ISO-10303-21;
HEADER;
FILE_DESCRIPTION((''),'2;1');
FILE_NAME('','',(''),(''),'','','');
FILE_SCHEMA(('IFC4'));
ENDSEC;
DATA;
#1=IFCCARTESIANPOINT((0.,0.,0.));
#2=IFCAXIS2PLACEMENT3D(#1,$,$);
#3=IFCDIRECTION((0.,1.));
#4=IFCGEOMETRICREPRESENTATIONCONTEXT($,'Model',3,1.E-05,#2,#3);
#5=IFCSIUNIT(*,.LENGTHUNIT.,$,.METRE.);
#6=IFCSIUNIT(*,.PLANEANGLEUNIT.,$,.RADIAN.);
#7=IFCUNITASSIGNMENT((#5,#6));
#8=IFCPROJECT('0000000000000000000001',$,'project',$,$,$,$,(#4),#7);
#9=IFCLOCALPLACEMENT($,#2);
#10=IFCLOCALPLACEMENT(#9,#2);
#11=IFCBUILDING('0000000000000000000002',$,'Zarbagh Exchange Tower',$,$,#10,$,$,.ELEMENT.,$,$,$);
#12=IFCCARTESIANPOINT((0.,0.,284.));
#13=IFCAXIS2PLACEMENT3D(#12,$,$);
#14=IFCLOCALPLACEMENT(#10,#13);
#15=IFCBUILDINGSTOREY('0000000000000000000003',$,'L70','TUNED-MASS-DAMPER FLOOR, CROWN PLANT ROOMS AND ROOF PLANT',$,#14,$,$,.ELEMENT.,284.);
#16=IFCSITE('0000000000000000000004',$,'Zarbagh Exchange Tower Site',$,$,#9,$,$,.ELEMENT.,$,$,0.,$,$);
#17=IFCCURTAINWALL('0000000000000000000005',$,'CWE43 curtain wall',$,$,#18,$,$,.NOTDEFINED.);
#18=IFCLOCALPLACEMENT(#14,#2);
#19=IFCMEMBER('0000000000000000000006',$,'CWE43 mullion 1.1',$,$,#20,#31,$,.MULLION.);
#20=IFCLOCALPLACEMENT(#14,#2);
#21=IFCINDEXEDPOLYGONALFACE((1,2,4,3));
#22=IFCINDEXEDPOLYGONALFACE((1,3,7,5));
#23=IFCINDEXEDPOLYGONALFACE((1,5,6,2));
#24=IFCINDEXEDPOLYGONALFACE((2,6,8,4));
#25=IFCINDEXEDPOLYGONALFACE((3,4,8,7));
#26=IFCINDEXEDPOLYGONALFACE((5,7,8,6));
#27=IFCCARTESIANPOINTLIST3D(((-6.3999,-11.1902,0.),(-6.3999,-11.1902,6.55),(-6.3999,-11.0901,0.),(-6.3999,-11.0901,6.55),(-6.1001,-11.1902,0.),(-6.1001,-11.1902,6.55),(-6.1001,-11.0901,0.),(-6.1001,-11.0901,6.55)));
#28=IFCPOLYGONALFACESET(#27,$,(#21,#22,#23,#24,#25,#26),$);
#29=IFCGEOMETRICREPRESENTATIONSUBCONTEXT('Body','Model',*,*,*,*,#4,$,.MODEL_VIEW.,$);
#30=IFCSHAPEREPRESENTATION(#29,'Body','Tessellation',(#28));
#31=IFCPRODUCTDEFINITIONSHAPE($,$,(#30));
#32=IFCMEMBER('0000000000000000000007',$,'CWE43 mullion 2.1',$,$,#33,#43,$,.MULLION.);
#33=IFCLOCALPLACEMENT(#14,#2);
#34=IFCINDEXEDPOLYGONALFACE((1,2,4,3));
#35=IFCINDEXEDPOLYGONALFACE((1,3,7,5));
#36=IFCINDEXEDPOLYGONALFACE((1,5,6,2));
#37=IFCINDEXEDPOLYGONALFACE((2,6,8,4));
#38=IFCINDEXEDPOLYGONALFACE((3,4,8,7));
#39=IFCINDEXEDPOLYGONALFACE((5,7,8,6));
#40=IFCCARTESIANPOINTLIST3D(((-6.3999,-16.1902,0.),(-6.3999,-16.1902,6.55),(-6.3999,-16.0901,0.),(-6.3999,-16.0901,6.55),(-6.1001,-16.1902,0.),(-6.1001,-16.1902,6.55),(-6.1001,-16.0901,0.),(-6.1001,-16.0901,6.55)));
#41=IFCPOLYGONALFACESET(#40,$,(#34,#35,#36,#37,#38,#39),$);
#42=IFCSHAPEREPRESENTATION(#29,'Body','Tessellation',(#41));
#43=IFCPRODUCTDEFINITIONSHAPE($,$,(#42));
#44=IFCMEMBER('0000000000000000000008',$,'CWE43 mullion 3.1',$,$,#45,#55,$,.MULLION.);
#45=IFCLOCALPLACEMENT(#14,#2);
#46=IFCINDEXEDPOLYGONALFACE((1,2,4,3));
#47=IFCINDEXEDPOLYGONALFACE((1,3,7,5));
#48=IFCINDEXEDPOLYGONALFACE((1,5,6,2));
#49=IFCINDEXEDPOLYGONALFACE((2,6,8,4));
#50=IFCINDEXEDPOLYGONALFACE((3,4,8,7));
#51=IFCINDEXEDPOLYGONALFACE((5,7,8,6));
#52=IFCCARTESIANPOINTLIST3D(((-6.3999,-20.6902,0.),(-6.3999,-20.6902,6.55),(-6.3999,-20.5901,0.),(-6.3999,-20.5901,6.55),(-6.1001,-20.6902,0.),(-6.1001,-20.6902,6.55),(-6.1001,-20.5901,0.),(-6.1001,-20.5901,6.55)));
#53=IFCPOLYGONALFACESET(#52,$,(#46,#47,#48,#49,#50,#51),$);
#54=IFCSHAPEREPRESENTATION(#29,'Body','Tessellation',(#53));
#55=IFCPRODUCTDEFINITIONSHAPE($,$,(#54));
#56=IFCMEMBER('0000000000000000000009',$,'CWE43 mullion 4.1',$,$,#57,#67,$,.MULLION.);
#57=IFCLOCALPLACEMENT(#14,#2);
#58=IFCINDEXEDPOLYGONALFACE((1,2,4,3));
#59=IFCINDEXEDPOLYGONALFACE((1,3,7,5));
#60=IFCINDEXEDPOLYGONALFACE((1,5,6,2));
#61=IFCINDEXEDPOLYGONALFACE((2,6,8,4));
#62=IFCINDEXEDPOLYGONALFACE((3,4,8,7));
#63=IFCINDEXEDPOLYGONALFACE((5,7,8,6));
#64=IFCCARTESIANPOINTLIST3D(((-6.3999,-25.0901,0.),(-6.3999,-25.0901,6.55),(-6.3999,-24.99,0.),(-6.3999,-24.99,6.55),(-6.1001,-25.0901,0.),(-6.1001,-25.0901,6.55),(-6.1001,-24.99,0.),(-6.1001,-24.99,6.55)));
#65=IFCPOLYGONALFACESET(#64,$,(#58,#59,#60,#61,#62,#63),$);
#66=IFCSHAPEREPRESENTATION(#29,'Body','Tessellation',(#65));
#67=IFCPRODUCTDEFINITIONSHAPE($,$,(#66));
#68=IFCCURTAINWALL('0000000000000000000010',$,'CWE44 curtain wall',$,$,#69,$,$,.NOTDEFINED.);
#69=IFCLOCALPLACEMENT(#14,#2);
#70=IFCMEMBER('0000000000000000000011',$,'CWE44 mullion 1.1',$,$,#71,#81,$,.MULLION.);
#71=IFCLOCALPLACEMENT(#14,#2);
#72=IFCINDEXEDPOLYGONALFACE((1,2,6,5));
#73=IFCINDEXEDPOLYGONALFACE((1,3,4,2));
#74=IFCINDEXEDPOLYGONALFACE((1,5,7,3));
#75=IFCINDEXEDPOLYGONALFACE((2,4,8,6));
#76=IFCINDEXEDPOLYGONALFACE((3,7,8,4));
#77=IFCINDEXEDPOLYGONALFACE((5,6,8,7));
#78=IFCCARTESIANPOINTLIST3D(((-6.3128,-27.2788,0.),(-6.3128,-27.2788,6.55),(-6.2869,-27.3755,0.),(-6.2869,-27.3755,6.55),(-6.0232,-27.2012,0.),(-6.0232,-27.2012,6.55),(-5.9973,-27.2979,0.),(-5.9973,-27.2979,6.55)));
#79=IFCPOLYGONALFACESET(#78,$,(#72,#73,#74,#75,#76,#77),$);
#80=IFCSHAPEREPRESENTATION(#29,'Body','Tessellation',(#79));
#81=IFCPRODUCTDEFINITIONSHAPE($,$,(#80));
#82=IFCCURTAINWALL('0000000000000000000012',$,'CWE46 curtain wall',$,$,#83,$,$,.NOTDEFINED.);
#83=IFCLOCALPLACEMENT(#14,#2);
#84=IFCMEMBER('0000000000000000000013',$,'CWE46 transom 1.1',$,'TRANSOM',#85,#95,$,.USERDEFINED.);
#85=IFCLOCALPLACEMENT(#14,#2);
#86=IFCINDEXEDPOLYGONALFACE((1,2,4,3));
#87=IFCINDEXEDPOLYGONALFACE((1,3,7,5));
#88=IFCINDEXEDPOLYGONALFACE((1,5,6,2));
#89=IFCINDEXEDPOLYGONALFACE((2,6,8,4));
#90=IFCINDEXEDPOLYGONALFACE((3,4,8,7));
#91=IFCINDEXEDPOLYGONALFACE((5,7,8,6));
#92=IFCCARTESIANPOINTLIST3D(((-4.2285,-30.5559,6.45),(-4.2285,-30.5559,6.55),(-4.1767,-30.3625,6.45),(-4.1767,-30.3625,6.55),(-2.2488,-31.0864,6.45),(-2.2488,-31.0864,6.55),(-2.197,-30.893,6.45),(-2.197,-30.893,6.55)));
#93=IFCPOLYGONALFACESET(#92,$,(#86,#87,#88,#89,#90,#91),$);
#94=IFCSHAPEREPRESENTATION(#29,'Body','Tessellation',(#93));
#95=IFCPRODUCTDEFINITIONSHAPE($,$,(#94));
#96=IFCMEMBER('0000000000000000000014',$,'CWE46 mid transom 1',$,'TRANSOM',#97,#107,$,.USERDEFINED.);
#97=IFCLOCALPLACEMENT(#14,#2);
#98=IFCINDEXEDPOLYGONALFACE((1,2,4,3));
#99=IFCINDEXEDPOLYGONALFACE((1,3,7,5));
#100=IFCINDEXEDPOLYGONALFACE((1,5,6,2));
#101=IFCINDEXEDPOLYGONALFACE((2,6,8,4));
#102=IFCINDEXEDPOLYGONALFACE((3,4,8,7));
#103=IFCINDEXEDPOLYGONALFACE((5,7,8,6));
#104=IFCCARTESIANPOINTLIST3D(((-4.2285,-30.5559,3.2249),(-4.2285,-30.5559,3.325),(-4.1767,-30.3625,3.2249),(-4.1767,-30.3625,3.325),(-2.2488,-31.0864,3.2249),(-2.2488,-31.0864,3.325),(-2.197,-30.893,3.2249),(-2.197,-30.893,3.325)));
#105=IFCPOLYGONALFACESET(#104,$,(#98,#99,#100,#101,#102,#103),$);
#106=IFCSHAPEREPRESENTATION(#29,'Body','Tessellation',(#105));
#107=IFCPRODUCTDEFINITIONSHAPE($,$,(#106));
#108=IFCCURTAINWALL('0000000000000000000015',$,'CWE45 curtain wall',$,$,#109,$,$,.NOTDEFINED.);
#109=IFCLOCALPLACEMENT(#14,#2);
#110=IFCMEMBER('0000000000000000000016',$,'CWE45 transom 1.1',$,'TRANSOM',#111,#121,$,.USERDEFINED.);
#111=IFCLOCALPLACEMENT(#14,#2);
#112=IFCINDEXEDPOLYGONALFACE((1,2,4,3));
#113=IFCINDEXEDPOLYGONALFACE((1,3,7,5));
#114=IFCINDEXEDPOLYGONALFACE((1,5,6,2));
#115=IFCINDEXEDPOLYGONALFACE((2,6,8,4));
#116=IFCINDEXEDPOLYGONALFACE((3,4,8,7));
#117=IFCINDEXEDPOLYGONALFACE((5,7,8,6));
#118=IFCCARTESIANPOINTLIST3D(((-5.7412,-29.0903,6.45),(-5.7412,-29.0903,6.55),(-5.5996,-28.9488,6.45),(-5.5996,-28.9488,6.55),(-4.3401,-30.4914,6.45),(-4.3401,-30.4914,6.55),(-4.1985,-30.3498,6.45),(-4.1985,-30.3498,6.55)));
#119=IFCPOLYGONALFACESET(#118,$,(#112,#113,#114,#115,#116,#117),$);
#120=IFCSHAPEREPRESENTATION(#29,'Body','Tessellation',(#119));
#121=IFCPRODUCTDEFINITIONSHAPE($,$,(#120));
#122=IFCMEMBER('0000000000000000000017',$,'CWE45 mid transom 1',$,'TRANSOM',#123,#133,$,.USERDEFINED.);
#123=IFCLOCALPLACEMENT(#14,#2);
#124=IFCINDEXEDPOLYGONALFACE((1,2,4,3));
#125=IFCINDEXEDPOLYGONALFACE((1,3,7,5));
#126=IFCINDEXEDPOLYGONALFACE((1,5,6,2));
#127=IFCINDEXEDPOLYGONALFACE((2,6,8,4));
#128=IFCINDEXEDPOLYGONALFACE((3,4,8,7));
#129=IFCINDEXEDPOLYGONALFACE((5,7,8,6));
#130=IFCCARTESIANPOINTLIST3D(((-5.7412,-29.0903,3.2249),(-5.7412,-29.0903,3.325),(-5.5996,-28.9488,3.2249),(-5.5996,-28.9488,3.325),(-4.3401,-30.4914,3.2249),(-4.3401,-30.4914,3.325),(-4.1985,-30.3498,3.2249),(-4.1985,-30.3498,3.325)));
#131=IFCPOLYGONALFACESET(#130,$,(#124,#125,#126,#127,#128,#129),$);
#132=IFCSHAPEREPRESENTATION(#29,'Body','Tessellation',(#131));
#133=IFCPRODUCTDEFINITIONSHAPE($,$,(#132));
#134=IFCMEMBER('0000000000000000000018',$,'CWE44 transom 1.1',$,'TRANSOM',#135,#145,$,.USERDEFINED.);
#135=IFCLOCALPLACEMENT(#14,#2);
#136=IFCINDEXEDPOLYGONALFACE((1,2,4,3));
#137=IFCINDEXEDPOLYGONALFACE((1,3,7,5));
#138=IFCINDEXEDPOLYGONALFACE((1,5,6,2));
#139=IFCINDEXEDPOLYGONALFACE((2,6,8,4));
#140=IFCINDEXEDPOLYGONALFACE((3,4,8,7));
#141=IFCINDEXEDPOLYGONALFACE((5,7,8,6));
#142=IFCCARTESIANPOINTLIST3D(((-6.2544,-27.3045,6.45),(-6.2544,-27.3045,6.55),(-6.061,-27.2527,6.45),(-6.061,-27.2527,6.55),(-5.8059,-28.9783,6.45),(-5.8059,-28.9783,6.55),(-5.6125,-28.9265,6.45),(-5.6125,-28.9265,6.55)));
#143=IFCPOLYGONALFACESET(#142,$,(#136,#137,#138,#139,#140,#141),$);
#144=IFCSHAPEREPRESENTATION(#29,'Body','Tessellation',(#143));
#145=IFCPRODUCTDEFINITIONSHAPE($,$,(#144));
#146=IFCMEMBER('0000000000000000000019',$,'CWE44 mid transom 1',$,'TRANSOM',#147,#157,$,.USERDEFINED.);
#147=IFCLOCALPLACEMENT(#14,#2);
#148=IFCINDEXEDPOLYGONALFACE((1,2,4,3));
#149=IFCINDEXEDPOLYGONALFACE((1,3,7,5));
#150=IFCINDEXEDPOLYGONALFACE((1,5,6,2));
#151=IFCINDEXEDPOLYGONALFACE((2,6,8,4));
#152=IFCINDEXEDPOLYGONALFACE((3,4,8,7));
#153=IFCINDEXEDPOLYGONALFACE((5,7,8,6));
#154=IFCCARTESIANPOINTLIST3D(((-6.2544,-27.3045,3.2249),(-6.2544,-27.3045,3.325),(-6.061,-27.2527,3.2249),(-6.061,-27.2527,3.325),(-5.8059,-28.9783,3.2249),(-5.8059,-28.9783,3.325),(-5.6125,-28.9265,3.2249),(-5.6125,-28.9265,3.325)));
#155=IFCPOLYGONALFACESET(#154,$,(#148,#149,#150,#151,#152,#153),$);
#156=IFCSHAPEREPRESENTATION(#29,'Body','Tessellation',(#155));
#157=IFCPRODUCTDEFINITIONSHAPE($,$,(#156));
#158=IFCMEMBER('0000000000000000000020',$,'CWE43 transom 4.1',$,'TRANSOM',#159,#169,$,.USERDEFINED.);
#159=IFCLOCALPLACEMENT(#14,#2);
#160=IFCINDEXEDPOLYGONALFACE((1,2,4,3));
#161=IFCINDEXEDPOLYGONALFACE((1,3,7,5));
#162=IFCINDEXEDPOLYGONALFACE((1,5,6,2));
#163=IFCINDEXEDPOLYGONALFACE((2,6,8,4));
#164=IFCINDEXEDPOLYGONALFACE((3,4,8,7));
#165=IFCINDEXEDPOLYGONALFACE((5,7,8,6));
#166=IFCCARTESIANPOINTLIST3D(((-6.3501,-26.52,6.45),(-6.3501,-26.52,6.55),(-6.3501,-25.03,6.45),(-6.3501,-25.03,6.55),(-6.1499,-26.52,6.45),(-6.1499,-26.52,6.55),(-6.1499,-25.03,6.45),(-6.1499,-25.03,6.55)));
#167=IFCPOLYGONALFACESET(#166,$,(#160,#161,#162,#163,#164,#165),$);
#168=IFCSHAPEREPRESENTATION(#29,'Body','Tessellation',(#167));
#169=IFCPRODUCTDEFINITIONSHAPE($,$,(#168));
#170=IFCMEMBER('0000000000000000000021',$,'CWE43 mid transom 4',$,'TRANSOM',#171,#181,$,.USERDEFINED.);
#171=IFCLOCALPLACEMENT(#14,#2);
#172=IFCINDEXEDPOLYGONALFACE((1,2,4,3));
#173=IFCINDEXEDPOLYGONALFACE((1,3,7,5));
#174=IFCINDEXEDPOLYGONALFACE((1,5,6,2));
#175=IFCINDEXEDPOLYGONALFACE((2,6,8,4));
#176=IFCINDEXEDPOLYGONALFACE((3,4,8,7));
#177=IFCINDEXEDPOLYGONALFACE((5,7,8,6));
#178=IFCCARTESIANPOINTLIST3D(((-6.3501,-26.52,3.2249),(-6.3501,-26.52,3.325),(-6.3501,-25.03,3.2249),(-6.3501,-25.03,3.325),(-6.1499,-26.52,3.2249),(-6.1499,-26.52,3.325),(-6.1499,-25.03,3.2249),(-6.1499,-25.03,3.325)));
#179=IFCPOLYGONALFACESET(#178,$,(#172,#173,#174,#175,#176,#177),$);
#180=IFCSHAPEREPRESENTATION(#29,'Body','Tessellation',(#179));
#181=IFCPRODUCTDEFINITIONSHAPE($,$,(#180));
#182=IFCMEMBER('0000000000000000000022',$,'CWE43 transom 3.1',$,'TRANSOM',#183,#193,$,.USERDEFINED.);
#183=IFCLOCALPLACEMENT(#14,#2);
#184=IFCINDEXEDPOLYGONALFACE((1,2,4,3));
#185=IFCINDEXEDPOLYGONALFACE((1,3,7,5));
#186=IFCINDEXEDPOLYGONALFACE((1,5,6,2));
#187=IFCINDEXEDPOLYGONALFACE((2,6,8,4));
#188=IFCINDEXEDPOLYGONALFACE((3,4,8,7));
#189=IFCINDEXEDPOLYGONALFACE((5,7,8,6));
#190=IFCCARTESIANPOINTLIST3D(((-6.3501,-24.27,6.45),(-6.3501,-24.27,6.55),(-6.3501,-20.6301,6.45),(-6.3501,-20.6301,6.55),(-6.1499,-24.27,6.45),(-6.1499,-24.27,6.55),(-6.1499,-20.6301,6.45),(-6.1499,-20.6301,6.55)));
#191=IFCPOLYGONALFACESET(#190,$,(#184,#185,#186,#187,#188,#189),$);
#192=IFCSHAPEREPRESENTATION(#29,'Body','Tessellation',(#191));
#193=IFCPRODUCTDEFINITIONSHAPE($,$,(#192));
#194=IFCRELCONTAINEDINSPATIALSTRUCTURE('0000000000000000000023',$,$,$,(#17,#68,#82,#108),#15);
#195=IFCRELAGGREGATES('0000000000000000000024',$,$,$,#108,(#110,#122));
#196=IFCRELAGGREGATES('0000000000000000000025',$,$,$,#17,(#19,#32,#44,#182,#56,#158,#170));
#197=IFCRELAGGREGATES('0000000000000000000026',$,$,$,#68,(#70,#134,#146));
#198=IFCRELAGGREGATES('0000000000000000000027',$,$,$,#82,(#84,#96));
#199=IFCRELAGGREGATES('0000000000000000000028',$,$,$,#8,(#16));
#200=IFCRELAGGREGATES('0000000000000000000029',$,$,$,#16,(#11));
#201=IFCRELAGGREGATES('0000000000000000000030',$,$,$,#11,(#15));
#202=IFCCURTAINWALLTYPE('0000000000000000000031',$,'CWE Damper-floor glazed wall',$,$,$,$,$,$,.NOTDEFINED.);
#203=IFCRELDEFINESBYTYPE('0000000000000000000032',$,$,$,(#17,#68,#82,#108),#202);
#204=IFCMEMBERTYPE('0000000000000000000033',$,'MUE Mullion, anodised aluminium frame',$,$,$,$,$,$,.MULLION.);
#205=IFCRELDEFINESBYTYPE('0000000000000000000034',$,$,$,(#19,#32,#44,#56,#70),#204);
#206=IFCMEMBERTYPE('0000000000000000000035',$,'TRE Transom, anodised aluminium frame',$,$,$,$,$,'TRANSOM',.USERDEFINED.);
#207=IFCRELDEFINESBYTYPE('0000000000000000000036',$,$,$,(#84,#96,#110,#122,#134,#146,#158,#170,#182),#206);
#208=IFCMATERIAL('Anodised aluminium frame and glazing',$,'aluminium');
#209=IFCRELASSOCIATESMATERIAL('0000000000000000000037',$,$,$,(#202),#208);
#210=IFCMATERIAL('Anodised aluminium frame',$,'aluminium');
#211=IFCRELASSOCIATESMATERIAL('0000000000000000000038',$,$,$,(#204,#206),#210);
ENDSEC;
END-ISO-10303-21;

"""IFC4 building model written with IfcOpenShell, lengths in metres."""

from ifc_helpers import new_model, si_unit, direction, frame, origin, place, context, subcontext, project, spatial, polyline, outline, extrude, source, transform, mapped, material, type_object, element, aggregate, save


model = new_model("IFC4")

# Units and contexts
model_context = context("Model", 3, precision=1e-05, world=origin(), true_north=direction((0.0, 1.0)))
body_context = subcontext(model_context, "Body", "Model", "MODEL_VIEW")
ifc_project = project(units=[si_unit("LENGTHUNIT", "METRE"), si_unit("PLANEANGLEUNIT", "RADIAN")], contexts=[model_context])

# Site, building, storey
site_placement = place(None, origin())
site = spatial("IfcSite", under=ifc_project, at=site_placement, Name="Zarbagh Exchange Tower Site", CompositionType="ELEMENT", RefElevation=0.0)
building_placement = place(site_placement, origin())
building = spatial("IfcBuilding", under=site, at=building_placement, Name="Zarbagh Exchange Tower", CompositionType="ELEMENT")
storey_placement = place(building_placement, frame((0.0, 0.0, 284.0)))
storey = spatial("IfcBuildingStorey", under=building, at=storey_placement, Name="L70", Description="TUNED-MASS-DAMPER FLOOR, CROWN PLANT ROOMS AND ROOF PLANT", CompositionType="ELEMENT", Elevation=284.0)

# Curtain wall, members
ifc_material_1 = material(Name="Anodised aluminium frame and glazing", Category="aluminium")
curtain_wall_type = type_object("IfcCurtainWallType", Name="CWE Damper-floor glazed wall", PredefinedType="NOTDEFINED", material=ifc_material_1)
curtain_wall_1_placement = place(storey_placement, origin())
curtain_wall_1 = element("IfcCurtainWall", 1, at=curtain_wall_1_placement, inside=storey, type_object=curtain_wall_type, Name="CWE43 curtain wall", PredefinedType="NOTDEFINED")
ifc_material_2 = material(Name="Anodised aluminium frame", Category="aluminium")
member_type_1 = type_object("IfcMemberType", Name="MUE Mullion, anodised aluminium frame", PredefinedType="MULLION", material=ifc_material_2)
shared_shape_1 = source(origin(), body_context, "Body", "SweptSolid", [
    extrude(outline(polyline([(0.0, -0.1499), (0.1001, -0.1499), (0.1001, 0.1499), (0.0, 0.1499), (0.0, -0.1499)])), origin(), (0.0, 0.0, 1.0), 6.55),
])
placement = place(storey_placement, origin())
member_1 = element("IfcMember", 2, at=placement, type_object=member_type_1, Name="CWE43 mullion 1.1", PredefinedType="MULLION", context=body_context, shape_type="MappedRepresentation", body=[
    mapped(shared_shape_1, transform((-6.25, -11.0901, 0.0), x_axis=(0.0, -1.0, 0.0), y_axis=(1.0, 0.0, 0.0), z_axis=(0.0, 0.0, 1.0))),
])
member_2 = element("IfcMember", 3, at=placement, type_object=member_type_1, Name="CWE43 mullion 2.1", PredefinedType="MULLION", context=body_context, shape_type="MappedRepresentation", body=[
    mapped(shared_shape_1, transform((-6.25, -16.0901, 0.0), x_axis=(0.0, -1.0, 0.0), y_axis=(1.0, 0.0, 0.0), z_axis=(0.0, 0.0, 1.0))),
])
member_3 = element("IfcMember", 4, at=placement, type_object=member_type_1, Name="CWE43 mullion 3.1", PredefinedType="MULLION", context=body_context, shape_type="MappedRepresentation", body=[
    mapped(shared_shape_1, transform((-6.25, -20.5901, 0.0), x_axis=(0.0, -1.0, 0.0), y_axis=(1.0, 0.0, 0.0), z_axis=(0.0, 0.0, 1.0))),
])
member_4 = element("IfcMember", 5, at=placement, type_object=member_type_1, Name="CWE43 mullion 4.1", PredefinedType="MULLION", context=body_context, shape_type="MappedRepresentation", body=[
    mapped(shared_shape_1, transform((-6.25, -24.99, 0.0), x_axis=(0.0, -1.0, 0.0), y_axis=(1.0, 0.0, 0.0), z_axis=(0.0, 0.0, 1.0))),
])

# Curtain wall, member
curtain_wall_2_placement = place(storey_placement, origin())
curtain_wall_2 = element("IfcCurtainWall", 6, at=curtain_wall_2_placement, inside=storey, type_object=curtain_wall_type, Name="CWE44 curtain wall", PredefinedType="NOTDEFINED")
member_5 = element("IfcMember", 7, at=placement, type_object=member_type_1, Name="CWE44 mullion 1.1", PredefinedType="MULLION", context=body_context, shape_type="MappedRepresentation", body=[
    mapped(shared_shape_1, transform((-6.168, -27.24, 0.0), x_axis=(0.258825, -0.965924, 0.0), y_axis=(0.965924, 0.258825, 0.0), z_axis=(0.0, 0.0, 1.0))),
])

# Curtain walls, members
curtain_wall_3_placement = place(storey_placement, origin())
curtain_wall_3 = element("IfcCurtainWall", 8, at=curtain_wall_3_placement, inside=storey, type_object=curtain_wall_type, Name="CWE46 curtain wall", PredefinedType="NOTDEFINED")
member_type_2 = type_object("IfcMemberType", Name="TRE Transom, anodised aluminium frame", ElementType="TRANSOM", PredefinedType="USERDEFINED", material=ifc_material_2)
shared_shape_2 = source(origin(), body_context, "Body", "SweptSolid", [
    extrude(outline(polyline([(-0.1001, -0.1001), (0.0, -0.1001), (0.0, 0.1001), (-0.1001, 0.1001), (-0.1001, -0.1001)])), origin(), (0.0, 0.0, 1.0), 2.0496),
])
member_6 = element("IfcMember", 9, at=placement, type_object=member_type_2, Name="CWE46 transom 1.1", ObjectType="TRANSOM", PredefinedType="USERDEFINED", context=body_context, shape_type="MappedRepresentation", body=[
    mapped(shared_shape_2, transform((-4.2026, -30.4592, 6.55), x_axis=(0.0, 0.0, 1.0), y_axis=(-0.258825, -0.965924, 0.0), z_axis=(0.965924, -0.258825, 0.0))),
])
shared_shape_3 = source(origin(), body_context, "Body", "SweptSolid", [
    extrude(outline(polyline([(-0.05, -0.1001), (0.05, -0.1001), (0.05, 0.1001), (-0.05, 0.1001), (-0.05, -0.1001)])), origin(), (0.0, 0.0, 1.0), 2.0496),
])
member_7 = element("IfcMember", 10, at=placement, type_object=member_type_2, Name="CWE46 mid transom 1", ObjectType="TRANSOM", PredefinedType="USERDEFINED", context=body_context, shape_type="MappedRepresentation", body=[
    mapped(shared_shape_3, transform((-4.2026, -30.4592, 3.2749), x_axis=(0.0, 0.0, 1.0), y_axis=(-0.258825, -0.965924, 0.0), z_axis=(0.965924, -0.258825, 0.0))),
])
curtain_wall_4_placement = place(storey_placement, origin())
curtain_wall_4 = element("IfcCurtainWall", 11, at=curtain_wall_4_placement, inside=storey, type_object=curtain_wall_type, Name="CWE45 curtain wall", PredefinedType="NOTDEFINED")
shared_shape_4 = source(origin(), body_context, "Body", "SweptSolid", [
    extrude(outline(polyline([(-0.1001, -0.1001), (0.0, -0.1001), (0.0, 0.1001), (-0.1001, 0.1001), (-0.1001, -0.1001)])), origin(), (0.0, 0.0, 1.0), 1.9814),
])
member_8 = element("IfcMember", 12, at=placement, type_object=member_type_2, Name="CWE45 transom 1.1", ObjectType="TRANSOM", PredefinedType="USERDEFINED", context=body_context, shape_type="MappedRepresentation", body=[
    mapped(shared_shape_4, transform((-5.6704, -29.0195, 6.55), x_axis=(0.0, 0.0, 1.0), y_axis=(-0.707107, -0.707107, 0.0), z_axis=(0.707107, -0.707107, 0.0))),
])
shared_shape_5 = source(origin(), body_context, "Body", "SweptSolid", [
    extrude(outline(polyline([(-0.05, -0.1001), (0.05, -0.1001), (0.05, 0.1001), (-0.05, 0.1001), (-0.05, -0.1001)])), origin(), (0.0, 0.0, 1.0), 1.9814),
])
member_9 = element("IfcMember", 13, at=placement, type_object=member_type_2, Name="CWE45 mid transom 1", ObjectType="TRANSOM", PredefinedType="USERDEFINED", context=body_context, shape_type="MappedRepresentation", body=[
    mapped(shared_shape_5, transform((-5.6704, -29.0195, 3.2749), x_axis=(0.0, 0.0, 1.0), y_axis=(-0.707107, -0.707107, 0.0), z_axis=(0.707107, -0.707107, 0.0))),
])

# Members
shared_shape_6 = source(origin(), body_context, "Body", "SweptSolid", [
    extrude(outline(polyline([(-0.1001, -0.1001), (0.0, -0.1001), (0.0, 0.1001), (-0.1001, 0.1001), (-0.1001, -0.1001)])), origin(), (0.0, 0.0, 1.0), 1.7329),
])
member_10 = element("IfcMember", 14, at=placement, type_object=member_type_2, Name="CWE44 transom 1.1", ObjectType="TRANSOM", PredefinedType="USERDEFINED", context=body_context, shape_type="MappedRepresentation", body=[
    mapped(shared_shape_6, transform((-6.1577, -27.2786, 6.55), x_axis=(0.0, 0.0, 1.0), y_axis=(-0.965924, -0.258825, 0.0), z_axis=(0.258825, -0.965924, 0.0))),
])
shared_shape_7 = source(origin(), body_context, "Body", "SweptSolid", [
    extrude(outline(polyline([(-0.05, -0.1001), (0.05, -0.1001), (0.05, 0.1001), (-0.05, 0.1001), (-0.05, -0.1001)])), origin(), (0.0, 0.0, 1.0), 1.7329),
])
member_11 = element("IfcMember", 15, at=placement, type_object=member_type_2, Name="CWE44 mid transom 1", ObjectType="TRANSOM", PredefinedType="USERDEFINED", context=body_context, shape_type="MappedRepresentation", body=[
    mapped(shared_shape_7, transform((-6.1577, -27.2786, 3.2749), x_axis=(0.0, 0.0, 1.0), y_axis=(-0.965924, -0.258825, 0.0), z_axis=(0.258825, -0.965924, 0.0))),
])
shared_shape_8 = source(origin(), body_context, "Body", "SweptSolid", [
    extrude(outline(polyline([(-0.1001, -0.1001), (0.0, -0.1001), (0.0, 0.1001), (-0.1001, 0.1001), (-0.1001, -0.1001)])), origin(), (0.0, 0.0, 1.0), 1.49),
])
member_12 = element("IfcMember", 16, at=placement, type_object=member_type_2, Name="CWE43 transom 4.1", ObjectType="TRANSOM", PredefinedType="USERDEFINED", context=body_context, shape_type="MappedRepresentation", body=[
    mapped(shared_shape_8, transform((-6.25, -25.03, 6.55), x_axis=(0.0, 0.0, 1.0), y_axis=(-1.0, 0.0, 0.0), z_axis=(0.0, -1.0, 0.0))),
])
shared_shape_9 = source(origin(), body_context, "Body", "SweptSolid", [
    extrude(outline(polyline([(-0.05, -0.1001), (0.05, -0.1001), (0.05, 0.1001), (-0.05, 0.1001), (-0.05, -0.1001)])), origin(), (0.0, 0.0, 1.0), 1.49),
])
member_13 = element("IfcMember", 17, at=placement, type_object=member_type_2, Name="CWE43 mid transom 4", ObjectType="TRANSOM", PredefinedType="USERDEFINED", context=body_context, shape_type="MappedRepresentation", body=[
    mapped(shared_shape_9, transform((-6.25, -25.03, 3.2749), x_axis=(0.0, 0.0, 1.0), y_axis=(-1.0, 0.0, 0.0), z_axis=(0.0, -1.0, 0.0))),
])
shared_shape_10 = source(origin(), body_context, "Body", "SweptSolid", [
    extrude(outline(polyline([(-0.1001, -0.1001), (0.0, -0.1001), (0.0, 0.1001), (-0.1001, 0.1001), (-0.1001, -0.1001)])), origin(), (0.0, 0.0, 1.0), 3.6399),
])
member_14 = element("IfcMember", 18, at=placement, type_object=member_type_2, Name="CWE43 transom 3.1", ObjectType="TRANSOM", PredefinedType="USERDEFINED", context=body_context, shape_type="MappedRepresentation", body=[
    mapped(shared_shape_10, transform((-6.25, -20.6301, 6.55), x_axis=(0.0, 0.0, 1.0), y_axis=(-1.0, 0.0, 0.0), z_axis=(0.0, -1.0, 0.0))),
])

aggregate(curtain_wall_4, [member_8, member_9])
aggregate(curtain_wall_1, [member_1, member_2, member_3, member_14, member_4, member_12, member_13])
aggregate(curtain_wall_2, [member_5, member_10, member_11])
aggregate(curtain_wall_3, [member_6, member_7])

save(model, "model.ifc")
